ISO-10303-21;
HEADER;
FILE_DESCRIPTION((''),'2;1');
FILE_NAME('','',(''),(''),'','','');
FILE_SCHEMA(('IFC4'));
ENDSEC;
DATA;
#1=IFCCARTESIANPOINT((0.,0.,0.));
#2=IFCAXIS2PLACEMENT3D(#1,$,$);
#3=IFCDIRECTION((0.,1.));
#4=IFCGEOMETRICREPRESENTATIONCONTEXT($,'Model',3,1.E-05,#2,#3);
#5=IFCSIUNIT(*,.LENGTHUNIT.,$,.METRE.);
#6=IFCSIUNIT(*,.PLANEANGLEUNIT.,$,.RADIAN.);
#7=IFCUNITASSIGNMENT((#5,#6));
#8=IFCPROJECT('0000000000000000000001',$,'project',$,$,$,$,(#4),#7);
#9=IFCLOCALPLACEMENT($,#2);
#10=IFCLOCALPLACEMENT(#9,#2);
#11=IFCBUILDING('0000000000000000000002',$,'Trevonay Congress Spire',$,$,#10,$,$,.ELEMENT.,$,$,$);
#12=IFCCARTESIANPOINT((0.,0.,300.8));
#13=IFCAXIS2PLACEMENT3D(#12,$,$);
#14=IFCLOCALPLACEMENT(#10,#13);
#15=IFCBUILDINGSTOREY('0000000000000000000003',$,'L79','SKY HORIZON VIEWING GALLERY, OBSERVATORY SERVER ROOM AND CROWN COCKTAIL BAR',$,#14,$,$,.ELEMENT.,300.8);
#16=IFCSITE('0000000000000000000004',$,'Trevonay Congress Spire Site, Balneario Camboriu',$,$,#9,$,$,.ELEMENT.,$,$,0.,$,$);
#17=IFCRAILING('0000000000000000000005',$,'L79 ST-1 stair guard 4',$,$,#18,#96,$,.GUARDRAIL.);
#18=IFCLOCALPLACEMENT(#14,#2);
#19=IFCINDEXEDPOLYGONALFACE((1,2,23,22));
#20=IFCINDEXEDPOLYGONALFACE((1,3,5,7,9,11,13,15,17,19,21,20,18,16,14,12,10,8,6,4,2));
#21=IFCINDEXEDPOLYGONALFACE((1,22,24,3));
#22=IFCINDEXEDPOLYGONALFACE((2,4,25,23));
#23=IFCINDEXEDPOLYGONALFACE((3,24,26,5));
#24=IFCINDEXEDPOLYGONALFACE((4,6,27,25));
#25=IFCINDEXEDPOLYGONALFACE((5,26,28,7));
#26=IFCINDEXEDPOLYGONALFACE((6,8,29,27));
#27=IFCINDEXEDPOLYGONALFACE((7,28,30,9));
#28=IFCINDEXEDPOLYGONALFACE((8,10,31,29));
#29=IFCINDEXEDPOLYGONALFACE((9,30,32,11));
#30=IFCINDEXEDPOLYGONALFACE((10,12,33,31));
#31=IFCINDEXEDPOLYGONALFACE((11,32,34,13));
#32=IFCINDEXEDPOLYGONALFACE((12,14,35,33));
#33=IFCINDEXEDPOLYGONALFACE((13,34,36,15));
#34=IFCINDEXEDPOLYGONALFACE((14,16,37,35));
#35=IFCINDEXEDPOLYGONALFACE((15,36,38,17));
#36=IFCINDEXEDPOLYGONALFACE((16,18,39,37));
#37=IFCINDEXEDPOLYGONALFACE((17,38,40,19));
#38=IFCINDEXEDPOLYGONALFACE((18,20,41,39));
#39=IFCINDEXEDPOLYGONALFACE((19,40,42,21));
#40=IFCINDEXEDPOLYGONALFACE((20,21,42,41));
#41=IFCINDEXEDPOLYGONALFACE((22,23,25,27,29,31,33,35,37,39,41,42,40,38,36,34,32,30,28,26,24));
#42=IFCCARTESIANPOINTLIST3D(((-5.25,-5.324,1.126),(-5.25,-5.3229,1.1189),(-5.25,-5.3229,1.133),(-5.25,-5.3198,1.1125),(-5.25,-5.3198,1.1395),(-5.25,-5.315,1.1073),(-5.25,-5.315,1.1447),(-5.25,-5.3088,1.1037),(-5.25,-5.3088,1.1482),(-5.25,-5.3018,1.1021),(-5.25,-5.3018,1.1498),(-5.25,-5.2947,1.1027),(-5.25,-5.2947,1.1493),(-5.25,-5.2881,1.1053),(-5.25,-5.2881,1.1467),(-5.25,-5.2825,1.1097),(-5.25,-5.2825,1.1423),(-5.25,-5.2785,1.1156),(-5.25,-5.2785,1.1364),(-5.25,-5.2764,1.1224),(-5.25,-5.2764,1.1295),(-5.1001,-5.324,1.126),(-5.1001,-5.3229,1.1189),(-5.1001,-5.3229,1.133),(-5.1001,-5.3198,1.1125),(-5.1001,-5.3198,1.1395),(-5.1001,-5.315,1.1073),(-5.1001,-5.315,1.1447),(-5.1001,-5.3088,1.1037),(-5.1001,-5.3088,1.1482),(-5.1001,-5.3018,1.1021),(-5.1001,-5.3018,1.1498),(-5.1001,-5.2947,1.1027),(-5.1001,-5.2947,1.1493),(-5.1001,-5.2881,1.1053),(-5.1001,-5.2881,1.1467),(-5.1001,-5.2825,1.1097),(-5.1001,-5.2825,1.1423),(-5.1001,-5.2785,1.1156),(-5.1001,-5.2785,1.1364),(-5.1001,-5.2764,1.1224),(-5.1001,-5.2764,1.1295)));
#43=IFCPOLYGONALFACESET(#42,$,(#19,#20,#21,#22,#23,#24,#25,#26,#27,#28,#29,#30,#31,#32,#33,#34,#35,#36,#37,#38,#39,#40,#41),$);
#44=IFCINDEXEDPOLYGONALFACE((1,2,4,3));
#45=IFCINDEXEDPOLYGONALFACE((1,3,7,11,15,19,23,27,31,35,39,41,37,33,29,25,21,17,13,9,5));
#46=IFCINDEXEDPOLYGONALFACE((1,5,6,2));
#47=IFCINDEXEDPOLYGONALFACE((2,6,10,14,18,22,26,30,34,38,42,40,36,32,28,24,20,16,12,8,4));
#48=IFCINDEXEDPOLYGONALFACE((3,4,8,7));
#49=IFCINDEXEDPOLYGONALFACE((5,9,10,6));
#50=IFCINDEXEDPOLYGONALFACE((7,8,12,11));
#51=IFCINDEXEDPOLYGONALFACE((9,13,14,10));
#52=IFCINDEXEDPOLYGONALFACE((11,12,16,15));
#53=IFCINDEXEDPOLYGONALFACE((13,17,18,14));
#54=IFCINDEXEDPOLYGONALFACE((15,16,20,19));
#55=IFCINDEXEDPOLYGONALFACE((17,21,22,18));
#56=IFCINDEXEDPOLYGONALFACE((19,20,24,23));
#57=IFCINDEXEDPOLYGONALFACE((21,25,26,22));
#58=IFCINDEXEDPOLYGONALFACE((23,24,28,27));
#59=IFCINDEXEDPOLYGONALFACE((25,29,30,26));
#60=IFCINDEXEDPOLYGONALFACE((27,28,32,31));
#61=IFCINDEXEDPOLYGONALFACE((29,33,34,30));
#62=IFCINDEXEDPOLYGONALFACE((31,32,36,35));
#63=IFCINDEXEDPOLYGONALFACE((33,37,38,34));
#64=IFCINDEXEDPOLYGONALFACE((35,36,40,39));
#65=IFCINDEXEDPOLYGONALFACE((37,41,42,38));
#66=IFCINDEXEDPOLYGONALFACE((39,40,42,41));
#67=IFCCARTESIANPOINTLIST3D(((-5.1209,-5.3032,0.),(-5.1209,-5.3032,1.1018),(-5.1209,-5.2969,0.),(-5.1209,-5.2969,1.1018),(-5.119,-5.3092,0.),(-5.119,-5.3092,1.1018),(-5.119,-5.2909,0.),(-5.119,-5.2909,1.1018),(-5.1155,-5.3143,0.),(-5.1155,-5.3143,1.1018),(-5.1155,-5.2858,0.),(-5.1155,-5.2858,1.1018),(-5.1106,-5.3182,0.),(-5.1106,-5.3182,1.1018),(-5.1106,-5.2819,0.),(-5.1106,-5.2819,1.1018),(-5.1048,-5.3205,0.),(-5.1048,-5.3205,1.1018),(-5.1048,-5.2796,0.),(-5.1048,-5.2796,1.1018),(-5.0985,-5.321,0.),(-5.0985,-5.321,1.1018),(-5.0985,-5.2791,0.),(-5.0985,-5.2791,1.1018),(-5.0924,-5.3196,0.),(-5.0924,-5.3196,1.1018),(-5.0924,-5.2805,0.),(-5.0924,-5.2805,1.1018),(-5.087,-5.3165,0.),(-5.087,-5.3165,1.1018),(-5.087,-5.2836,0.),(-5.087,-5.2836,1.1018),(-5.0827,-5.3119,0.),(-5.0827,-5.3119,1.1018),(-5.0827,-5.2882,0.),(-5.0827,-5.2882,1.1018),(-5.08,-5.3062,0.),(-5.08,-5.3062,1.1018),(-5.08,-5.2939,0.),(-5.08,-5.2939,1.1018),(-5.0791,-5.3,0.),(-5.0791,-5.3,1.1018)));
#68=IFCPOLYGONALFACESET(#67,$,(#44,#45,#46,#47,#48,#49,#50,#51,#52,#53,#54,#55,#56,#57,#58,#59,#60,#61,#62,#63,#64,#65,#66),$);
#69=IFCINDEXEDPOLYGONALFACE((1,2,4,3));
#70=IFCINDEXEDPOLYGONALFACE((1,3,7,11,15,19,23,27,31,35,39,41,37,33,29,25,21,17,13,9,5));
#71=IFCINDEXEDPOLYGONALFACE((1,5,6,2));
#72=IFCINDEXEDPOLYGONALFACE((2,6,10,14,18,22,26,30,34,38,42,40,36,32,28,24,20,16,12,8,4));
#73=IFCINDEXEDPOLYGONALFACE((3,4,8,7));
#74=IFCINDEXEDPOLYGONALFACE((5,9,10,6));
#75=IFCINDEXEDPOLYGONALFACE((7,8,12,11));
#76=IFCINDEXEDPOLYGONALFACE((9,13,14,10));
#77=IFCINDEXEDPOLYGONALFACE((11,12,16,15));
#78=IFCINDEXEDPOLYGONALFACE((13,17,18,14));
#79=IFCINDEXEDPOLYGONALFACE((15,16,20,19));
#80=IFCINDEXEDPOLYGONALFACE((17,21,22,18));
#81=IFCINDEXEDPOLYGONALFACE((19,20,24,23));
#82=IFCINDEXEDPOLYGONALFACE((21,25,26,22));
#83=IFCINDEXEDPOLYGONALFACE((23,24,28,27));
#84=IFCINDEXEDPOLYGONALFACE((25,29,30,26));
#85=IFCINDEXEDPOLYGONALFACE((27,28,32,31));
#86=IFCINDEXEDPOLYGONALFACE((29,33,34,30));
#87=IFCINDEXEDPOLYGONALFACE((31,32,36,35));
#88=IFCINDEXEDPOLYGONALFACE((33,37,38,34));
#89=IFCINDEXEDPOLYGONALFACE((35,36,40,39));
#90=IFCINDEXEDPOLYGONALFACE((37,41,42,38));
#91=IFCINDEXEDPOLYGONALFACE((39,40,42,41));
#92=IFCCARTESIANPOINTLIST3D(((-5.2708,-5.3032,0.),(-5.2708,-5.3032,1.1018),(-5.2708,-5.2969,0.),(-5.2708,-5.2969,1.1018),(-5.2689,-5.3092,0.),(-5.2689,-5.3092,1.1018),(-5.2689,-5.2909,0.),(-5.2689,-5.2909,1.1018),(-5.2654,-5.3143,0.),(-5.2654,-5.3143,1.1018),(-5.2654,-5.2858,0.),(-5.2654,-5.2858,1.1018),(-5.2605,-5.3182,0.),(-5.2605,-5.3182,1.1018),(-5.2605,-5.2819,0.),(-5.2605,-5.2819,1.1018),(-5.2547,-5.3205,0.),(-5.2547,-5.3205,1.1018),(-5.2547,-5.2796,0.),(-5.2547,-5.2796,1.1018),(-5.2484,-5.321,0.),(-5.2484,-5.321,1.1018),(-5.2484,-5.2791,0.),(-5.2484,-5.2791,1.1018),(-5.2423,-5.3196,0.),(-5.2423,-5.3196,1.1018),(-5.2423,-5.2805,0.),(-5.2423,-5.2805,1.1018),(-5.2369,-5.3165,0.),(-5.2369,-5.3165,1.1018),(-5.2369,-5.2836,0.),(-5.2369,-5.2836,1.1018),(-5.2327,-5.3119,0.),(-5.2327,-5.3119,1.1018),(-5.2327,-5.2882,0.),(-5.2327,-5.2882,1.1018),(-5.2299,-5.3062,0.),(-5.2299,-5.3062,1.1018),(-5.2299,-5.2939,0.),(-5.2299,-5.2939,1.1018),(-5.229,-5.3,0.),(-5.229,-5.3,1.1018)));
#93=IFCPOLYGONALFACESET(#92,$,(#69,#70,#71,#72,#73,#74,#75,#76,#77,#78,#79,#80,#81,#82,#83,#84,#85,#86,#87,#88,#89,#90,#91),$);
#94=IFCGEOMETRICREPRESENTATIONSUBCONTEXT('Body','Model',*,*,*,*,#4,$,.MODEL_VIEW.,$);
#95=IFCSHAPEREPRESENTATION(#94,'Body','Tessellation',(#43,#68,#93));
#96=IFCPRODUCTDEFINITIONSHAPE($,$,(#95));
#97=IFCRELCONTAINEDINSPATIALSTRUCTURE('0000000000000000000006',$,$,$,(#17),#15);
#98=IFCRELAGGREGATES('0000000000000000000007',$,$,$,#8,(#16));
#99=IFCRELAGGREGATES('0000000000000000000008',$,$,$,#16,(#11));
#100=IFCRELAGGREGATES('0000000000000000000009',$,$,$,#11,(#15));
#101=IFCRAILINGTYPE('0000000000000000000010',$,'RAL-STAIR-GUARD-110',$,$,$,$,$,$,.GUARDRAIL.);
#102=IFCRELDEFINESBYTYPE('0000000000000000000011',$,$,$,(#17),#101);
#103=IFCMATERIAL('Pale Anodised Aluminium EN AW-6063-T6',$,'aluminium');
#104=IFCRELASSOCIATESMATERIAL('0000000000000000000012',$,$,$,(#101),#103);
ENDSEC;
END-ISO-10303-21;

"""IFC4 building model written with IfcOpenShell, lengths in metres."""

from ifc_helpers import new_model, si_unit, direction, frame, origin, origin_2d, place, context, subcontext, project, spatial, circle, extrude, material, type_object, element, save


model = new_model("IFC4")

# Units and contexts
model_context = context("Model", 3, precision=1e-05, world=origin(), true_north=direction((0.0, 1.0)))
body_context = subcontext(model_context, "Body", "Model", "MODEL_VIEW")
ifc_project = project(units=[si_unit("LENGTHUNIT", "METRE"), si_unit("PLANEANGLEUNIT", "RADIAN")], contexts=[model_context])

# Site, building, storey
site_placement = place(None, origin())
site = spatial("IfcSite", under=ifc_project, at=site_placement, Name="Trevonay Congress Spire Site, Balneario Camboriu", CompositionType="ELEMENT", RefElevation=0.0)
building_placement = place(site_placement, origin())
building = spatial("IfcBuilding", under=site, at=building_placement, Name="Trevonay Congress Spire", CompositionType="ELEMENT")
storey_placement = place(building_placement, frame((0.0, 0.0, 300.8)))
storey = spatial("IfcBuildingStorey", under=building, at=storey_placement, Name="L79", Description="SKY HORIZON VIEWING GALLERY, OBSERVATORY SERVER ROOM AND CROWN COCKTAIL BAR", CompositionType="ELEMENT", Elevation=300.8)

# Railing
ifc_material_1 = material(Name="Pale Anodised Aluminium EN AW-6063-T6", Category="aluminium")
railing_type_1 = type_object("IfcRailingType", Name="RAL-STAIR-GUARD-110", PredefinedType="GUARDRAIL", material=ifc_material_1)
railing_1_placement = place(storey_placement, frame((-5.1001, -5.3, 0.0)))
element("IfcRailing", 1, at=railing_1_placement, inside=storey, type_object=railing_type_1, Name="L79 ST-1 stair guard 4", PredefinedType="GUARDRAIL", context=body_context, shape_type="SweptSolid", body=[
    extrude(circle(Radius=0.0239, at=origin_2d()), frame((0.0, 0.0, 1.126), z_axis=(-1.0, 0.0, 0.0), x_axis=(0.0, -1.0, 0.0)), (0.0, 0.0, 1.0), 0.1499),
    extrude(circle(Radius=0.021, at=origin_2d()), origin(), (0.0, 0.0, 1.0), 1.1018),
    extrude(circle(Radius=0.021, at=origin_2d()), frame((-0.1499, 0.0, 0.0)), (0.0, 0.0, 1.0), 1.1018),
])

save(model, "model.ifc")
